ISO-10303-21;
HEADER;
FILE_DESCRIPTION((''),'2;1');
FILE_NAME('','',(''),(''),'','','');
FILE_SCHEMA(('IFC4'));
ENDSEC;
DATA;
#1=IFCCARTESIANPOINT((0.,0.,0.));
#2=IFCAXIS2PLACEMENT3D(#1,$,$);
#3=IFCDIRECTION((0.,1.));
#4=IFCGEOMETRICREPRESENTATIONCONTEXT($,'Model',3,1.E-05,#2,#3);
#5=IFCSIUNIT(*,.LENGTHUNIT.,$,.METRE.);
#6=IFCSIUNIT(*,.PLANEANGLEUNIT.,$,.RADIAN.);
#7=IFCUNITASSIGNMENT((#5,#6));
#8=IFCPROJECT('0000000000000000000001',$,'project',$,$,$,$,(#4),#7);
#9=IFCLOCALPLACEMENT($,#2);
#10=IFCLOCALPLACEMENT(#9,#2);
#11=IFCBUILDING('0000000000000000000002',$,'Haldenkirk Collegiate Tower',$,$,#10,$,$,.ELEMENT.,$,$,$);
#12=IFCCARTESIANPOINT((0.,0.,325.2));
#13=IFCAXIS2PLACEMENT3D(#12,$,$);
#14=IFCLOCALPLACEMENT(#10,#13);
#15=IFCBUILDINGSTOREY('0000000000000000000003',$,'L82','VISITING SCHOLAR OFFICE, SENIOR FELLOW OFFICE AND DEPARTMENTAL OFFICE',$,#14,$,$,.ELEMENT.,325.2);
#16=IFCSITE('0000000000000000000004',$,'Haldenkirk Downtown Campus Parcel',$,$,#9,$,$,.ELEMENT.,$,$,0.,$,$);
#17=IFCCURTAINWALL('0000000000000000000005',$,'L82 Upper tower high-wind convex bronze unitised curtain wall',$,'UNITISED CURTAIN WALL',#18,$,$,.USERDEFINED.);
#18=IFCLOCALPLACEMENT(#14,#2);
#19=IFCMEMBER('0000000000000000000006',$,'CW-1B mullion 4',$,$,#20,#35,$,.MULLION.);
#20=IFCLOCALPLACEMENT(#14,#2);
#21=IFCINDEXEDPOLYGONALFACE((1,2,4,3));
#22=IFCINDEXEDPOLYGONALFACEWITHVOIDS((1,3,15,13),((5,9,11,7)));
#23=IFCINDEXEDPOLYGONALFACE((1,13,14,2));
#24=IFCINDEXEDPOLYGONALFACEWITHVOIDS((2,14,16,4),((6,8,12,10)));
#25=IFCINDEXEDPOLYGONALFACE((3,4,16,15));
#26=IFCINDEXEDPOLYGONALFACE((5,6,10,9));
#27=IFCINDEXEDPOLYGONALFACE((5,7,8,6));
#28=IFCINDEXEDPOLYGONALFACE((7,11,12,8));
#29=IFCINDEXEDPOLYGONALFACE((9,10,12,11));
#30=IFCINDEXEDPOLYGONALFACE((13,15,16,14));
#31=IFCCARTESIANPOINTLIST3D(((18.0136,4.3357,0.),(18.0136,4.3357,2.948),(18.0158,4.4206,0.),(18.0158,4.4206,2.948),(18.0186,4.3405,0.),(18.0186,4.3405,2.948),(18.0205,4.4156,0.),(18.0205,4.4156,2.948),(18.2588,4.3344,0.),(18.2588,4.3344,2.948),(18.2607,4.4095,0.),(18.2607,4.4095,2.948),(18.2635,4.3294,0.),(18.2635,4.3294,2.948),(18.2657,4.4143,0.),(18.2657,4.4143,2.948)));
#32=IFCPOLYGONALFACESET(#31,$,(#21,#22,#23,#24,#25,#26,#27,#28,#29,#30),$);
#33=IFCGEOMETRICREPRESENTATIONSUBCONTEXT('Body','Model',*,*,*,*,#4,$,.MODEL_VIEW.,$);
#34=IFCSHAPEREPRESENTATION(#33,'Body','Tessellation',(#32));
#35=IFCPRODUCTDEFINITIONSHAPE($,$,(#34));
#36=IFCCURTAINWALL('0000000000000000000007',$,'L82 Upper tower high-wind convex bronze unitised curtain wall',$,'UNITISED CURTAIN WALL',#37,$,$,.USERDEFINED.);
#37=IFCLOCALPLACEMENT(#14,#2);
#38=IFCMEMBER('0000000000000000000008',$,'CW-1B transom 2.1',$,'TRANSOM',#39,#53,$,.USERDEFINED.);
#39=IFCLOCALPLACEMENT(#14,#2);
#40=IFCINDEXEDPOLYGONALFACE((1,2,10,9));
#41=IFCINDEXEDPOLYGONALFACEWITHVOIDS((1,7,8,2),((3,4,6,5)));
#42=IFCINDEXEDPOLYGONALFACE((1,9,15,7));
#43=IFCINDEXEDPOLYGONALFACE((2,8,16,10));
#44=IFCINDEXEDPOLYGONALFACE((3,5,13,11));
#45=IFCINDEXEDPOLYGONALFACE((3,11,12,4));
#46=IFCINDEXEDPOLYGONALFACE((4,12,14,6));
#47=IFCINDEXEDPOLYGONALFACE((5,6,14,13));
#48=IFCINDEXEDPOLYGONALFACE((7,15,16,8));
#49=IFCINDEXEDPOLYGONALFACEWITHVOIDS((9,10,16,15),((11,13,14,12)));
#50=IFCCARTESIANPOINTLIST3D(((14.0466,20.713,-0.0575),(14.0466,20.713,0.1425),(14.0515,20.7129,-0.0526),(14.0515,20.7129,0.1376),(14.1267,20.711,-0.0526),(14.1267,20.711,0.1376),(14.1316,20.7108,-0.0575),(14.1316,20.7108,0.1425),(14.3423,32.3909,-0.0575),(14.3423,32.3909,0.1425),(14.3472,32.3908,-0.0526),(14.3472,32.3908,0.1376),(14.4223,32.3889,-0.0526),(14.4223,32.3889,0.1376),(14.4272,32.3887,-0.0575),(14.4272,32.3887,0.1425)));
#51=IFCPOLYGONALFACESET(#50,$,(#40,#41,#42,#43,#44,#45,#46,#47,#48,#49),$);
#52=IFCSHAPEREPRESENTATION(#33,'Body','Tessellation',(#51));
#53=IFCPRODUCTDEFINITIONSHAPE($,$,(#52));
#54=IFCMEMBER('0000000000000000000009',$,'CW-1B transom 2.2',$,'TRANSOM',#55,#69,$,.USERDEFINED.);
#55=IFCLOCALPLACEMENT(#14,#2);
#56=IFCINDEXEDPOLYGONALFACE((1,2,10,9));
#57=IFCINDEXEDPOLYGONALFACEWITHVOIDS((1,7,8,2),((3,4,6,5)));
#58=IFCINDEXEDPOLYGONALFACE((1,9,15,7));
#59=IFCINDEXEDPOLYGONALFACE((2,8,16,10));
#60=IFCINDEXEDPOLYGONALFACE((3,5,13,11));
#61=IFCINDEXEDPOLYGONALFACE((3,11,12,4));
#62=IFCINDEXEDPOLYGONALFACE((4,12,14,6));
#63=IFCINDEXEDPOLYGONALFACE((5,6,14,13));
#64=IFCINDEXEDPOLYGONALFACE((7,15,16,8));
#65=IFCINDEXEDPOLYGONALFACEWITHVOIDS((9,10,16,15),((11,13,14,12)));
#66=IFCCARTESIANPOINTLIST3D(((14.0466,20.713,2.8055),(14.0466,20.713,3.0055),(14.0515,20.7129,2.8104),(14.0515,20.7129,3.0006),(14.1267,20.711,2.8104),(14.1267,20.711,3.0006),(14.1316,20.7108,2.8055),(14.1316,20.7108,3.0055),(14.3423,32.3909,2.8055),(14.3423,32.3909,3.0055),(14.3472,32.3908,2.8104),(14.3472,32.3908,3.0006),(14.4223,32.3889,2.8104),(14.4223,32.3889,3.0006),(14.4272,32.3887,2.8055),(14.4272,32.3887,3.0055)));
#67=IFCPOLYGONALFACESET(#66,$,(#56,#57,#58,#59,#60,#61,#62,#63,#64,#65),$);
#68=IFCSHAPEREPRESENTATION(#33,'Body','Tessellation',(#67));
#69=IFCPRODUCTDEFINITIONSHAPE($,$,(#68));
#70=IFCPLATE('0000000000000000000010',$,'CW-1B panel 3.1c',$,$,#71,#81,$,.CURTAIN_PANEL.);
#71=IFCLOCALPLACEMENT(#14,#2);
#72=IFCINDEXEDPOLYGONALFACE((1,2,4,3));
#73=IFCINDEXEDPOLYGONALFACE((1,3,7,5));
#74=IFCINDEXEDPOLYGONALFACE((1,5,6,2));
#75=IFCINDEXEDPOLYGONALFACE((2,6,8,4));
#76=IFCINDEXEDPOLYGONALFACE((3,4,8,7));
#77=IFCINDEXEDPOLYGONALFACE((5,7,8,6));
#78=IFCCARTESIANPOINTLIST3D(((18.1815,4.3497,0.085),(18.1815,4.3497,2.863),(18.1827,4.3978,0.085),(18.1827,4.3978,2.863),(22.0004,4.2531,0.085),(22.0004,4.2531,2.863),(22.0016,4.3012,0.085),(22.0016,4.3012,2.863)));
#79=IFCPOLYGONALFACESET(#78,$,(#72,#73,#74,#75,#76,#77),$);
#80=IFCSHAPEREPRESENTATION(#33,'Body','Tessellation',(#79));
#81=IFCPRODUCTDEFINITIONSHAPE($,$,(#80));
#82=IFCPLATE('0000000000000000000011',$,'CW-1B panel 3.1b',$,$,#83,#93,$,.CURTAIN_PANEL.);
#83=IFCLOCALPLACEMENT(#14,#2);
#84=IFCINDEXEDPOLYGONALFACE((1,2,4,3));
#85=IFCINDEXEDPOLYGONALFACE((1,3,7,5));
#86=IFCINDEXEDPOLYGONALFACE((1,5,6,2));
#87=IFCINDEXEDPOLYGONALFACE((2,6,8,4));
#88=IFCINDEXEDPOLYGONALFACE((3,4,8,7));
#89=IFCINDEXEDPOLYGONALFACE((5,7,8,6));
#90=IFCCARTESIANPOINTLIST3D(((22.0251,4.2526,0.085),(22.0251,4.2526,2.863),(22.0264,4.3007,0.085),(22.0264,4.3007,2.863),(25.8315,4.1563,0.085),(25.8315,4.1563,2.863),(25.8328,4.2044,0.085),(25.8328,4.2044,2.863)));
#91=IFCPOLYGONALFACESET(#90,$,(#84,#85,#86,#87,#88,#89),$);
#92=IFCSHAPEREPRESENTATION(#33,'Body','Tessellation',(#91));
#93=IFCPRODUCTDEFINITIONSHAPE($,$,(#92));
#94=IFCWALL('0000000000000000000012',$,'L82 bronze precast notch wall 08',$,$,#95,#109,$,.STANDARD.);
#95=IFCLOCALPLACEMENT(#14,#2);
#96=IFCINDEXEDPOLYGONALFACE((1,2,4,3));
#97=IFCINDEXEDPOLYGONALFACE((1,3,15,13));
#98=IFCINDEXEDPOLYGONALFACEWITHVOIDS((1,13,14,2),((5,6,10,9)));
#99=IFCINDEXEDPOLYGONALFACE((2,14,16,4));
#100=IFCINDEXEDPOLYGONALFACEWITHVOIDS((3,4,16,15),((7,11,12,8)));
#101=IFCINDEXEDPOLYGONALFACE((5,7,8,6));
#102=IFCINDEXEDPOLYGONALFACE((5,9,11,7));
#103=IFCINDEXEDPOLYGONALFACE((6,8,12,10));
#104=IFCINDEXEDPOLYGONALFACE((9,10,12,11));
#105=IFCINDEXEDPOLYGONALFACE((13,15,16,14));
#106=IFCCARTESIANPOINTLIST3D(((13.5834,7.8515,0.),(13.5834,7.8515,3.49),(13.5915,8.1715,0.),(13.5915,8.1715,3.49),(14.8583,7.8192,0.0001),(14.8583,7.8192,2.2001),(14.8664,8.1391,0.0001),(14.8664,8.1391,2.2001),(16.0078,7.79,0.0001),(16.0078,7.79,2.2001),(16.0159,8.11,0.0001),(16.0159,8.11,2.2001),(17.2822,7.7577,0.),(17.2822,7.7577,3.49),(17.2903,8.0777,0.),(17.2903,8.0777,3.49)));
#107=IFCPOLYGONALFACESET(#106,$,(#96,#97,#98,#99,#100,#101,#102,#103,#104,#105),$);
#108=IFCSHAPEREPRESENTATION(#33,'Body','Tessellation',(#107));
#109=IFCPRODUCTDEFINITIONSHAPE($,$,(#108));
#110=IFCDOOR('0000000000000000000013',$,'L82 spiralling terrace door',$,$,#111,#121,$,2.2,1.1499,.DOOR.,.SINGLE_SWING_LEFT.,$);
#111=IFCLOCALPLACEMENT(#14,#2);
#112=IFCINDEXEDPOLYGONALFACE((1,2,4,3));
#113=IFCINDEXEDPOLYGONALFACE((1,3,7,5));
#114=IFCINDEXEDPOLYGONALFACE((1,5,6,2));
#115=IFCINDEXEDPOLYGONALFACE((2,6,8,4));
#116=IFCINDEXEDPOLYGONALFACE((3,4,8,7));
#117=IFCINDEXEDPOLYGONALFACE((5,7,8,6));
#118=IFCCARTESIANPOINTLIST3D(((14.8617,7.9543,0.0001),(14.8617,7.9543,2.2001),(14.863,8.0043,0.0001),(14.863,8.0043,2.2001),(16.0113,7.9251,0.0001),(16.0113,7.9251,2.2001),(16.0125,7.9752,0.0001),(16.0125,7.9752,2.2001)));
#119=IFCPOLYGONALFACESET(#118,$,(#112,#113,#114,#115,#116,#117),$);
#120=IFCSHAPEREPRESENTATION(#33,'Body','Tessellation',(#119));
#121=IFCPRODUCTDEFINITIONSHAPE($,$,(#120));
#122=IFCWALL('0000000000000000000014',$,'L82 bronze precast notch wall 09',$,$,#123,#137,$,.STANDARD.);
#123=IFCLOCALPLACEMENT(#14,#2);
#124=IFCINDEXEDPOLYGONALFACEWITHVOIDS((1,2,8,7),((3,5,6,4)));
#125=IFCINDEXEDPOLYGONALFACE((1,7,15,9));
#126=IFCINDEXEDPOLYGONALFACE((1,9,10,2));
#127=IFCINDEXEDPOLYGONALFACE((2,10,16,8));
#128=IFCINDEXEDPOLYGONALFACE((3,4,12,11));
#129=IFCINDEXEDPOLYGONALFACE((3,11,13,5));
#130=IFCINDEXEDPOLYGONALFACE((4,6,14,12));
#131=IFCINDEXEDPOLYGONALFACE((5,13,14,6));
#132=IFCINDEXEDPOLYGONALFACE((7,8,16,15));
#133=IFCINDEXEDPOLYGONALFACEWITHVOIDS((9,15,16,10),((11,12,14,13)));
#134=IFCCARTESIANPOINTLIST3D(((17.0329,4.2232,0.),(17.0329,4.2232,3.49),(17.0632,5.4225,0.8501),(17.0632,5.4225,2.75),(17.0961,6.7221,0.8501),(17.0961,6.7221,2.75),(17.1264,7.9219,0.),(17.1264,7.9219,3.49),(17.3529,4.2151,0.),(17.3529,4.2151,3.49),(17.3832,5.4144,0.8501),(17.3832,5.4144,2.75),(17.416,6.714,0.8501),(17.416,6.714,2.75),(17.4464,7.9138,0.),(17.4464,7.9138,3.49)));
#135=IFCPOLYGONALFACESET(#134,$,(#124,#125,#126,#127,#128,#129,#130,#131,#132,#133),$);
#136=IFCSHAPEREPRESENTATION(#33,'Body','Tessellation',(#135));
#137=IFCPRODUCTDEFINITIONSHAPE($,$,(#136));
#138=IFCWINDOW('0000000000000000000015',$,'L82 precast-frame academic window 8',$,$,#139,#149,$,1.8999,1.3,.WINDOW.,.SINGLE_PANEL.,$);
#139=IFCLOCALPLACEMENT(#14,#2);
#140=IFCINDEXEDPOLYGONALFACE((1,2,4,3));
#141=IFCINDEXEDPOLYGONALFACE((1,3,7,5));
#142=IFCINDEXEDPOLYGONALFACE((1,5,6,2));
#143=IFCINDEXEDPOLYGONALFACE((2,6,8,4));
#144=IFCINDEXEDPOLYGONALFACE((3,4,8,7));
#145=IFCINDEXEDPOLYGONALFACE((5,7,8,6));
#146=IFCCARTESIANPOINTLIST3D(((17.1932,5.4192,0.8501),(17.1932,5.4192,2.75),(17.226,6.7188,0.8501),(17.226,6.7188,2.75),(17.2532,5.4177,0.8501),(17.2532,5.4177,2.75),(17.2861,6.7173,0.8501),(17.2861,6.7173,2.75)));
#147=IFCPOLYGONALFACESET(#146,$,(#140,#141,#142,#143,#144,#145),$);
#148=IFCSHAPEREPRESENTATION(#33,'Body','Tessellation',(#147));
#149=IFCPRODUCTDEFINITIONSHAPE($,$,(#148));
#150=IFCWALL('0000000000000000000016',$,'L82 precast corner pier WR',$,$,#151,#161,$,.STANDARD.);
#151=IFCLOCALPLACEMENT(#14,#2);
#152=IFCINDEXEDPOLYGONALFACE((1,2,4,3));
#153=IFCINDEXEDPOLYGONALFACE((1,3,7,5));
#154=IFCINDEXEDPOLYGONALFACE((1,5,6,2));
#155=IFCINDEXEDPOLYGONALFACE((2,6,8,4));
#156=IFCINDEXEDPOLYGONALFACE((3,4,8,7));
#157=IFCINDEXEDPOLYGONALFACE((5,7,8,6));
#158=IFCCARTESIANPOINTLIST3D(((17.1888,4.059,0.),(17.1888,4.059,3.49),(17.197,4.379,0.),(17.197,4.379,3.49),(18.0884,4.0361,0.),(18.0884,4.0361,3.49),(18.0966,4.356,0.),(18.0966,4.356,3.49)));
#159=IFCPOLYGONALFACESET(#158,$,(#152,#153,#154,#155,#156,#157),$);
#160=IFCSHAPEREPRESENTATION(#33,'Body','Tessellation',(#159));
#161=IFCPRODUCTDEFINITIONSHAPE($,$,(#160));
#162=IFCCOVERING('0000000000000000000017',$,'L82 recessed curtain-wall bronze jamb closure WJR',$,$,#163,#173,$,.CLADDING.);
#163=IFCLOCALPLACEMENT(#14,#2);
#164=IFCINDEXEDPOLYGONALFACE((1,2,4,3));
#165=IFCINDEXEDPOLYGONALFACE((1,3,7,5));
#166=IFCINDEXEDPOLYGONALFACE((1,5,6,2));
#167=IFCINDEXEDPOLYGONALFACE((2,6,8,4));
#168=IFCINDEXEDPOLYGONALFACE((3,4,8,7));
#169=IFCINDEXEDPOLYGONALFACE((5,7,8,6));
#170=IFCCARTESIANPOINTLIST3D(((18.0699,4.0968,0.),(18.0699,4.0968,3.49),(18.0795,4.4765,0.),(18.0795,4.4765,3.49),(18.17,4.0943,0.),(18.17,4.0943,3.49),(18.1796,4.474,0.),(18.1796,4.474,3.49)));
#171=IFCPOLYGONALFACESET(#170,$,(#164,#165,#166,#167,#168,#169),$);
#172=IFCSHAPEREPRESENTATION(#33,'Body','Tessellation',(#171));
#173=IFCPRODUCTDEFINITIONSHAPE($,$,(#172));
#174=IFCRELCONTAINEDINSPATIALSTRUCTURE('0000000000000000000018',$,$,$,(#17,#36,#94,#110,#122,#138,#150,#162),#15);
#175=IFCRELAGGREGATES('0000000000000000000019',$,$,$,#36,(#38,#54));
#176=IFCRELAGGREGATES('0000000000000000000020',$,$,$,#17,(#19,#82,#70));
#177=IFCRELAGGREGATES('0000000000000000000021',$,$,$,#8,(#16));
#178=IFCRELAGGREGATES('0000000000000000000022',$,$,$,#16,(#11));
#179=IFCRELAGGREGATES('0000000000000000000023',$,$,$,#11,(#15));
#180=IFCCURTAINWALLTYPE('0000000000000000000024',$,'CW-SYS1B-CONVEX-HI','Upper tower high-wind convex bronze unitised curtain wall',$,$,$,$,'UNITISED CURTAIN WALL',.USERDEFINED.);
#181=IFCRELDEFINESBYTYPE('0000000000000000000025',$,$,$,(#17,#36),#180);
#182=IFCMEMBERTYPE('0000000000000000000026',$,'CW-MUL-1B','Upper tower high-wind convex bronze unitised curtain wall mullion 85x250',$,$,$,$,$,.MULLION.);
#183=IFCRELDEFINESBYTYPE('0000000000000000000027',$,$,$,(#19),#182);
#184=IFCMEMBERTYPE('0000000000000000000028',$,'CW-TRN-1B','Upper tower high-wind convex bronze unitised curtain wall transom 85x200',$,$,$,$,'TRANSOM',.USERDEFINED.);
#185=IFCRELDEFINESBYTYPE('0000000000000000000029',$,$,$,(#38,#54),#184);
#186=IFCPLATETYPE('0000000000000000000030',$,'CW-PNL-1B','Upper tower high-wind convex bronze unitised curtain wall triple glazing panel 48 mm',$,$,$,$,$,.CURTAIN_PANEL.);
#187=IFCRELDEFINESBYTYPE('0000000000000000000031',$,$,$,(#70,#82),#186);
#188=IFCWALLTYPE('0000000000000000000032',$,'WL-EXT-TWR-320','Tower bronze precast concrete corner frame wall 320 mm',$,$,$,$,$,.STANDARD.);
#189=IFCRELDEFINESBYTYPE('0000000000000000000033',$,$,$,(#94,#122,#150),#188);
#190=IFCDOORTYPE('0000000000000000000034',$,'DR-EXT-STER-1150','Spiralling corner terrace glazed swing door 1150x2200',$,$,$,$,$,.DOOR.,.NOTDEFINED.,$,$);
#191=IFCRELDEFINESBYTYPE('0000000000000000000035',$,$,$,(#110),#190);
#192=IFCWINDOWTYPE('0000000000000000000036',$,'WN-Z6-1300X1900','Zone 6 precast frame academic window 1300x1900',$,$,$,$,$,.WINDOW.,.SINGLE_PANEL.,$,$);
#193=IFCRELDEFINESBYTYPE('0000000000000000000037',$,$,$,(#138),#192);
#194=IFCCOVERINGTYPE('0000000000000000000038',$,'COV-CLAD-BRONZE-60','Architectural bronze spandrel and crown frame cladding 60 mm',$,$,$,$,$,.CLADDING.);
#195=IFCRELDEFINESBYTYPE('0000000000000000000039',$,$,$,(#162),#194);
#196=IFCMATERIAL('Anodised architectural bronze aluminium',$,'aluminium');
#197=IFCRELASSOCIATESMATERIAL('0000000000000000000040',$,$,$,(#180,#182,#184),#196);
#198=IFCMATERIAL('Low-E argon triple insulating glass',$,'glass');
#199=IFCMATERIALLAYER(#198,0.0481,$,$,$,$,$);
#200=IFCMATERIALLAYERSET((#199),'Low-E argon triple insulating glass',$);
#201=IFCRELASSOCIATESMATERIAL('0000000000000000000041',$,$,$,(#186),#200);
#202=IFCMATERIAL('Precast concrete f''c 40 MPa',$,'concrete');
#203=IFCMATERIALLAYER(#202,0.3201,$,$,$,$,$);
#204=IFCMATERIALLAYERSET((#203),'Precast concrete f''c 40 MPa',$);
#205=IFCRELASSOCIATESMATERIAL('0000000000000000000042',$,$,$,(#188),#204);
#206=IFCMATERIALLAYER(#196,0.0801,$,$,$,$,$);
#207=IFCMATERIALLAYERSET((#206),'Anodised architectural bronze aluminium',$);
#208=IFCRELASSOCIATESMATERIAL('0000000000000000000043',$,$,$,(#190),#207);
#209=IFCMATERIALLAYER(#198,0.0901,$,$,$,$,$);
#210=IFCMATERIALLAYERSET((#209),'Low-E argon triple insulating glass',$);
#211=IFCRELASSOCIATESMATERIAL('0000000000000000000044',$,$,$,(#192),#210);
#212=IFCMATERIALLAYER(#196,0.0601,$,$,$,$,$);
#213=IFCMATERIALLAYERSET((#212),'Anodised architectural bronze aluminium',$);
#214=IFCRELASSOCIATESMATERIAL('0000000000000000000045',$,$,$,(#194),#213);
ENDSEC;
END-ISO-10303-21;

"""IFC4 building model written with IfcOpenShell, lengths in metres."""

from ifc_helpers import new_model, si_unit, direction, frame, frame_2d, origin, origin_2d, place, context, subcontext, project, spatial, rectangle, hollow_rectangle, extrude, source, transform, mapped, material, layer, layer_set, material_profile, profile_set, type_object, element, fill, aggregate, save


model = new_model("IFC4")

# Units and contexts
model_context = context("Model", 3, precision=1e-05, world=origin(), true_north=direction((0.0, 1.0)))
body_context = subcontext(model_context, "Body", "Model", "MODEL_VIEW")
ifc_project = project(units=[si_unit("LENGTHUNIT", "METRE"), si_unit("PLANEANGLEUNIT", "RADIAN")], contexts=[model_context])

# Site, building, storey
site_placement = place(None, origin())
site = spatial("IfcSite", under=ifc_project, at=site_placement, Name="Haldenkirk Downtown Campus Parcel", CompositionType="ELEMENT", RefElevation=0.0)
building_placement = place(site_placement, origin())
building = spatial("IfcBuilding", under=site, at=building_placement, Name="Haldenkirk Collegiate Tower", CompositionType="ELEMENT")
storey_placement = place(building_placement, frame((0.0, 0.0, 325.2)))
storey = spatial("IfcBuildingStorey", under=building, at=storey_placement, Name="L82", Description="VISITING SCHOLAR OFFICE, SENIOR FELLOW OFFICE AND DEPARTMENTAL OFFICE", CompositionType="ELEMENT", Elevation=325.2)

# Curtain wall, member
ifc_material_1 = material(Name="Anodised architectural bronze aluminium", Category="aluminium")
curtain_wall_type = type_object("IfcCurtainWallType", Name="CW-SYS1B-CONVEX-HI", Description="Upper tower high-wind convex bronze unitised curtain wall", ElementType="UNITISED CURTAIN WALL", PredefinedType="USERDEFINED", material=ifc_material_1)
curtain_wall_1_placement = place(storey_placement, origin())
curtain_wall_1 = element("IfcCurtainWall", 1, at=curtain_wall_1_placement, inside=storey, type_object=curtain_wall_type, Name="L82 Upper tower high-wind convex bronze unitised curtain wall", ObjectType="UNITISED CURTAIN WALL", PredefinedType="USERDEFINED")
ifc_material_profile_1 = material_profile(ifc_material_1, hollow_rectangle(XDim=0.085, YDim=0.25, WallThickness=0.0049, at=origin_2d()), Name="CW-MUL-1B")
ifc_profile_set_1 = profile_set([ifc_material_profile_1], Name="Anodised architectural bronze aluminium")
member_type_1 = type_object("IfcMemberType", Name="CW-MUL-1B", Description="Upper tower high-wind convex bronze unitised curtain wall mullion 85x250", PredefinedType="MULLION", material=ifc_profile_set_1)
member_1_placement = place(storey_placement, frame((18.1396, 4.375, 0.0), z_axis=(0.0, 0.0, 1.0), x_axis=(-0.025302, -0.99968, 0.0)))
member_1 = element("IfcMember", 2, at=member_1_placement, type_object=member_type_1, Name="CW-1B mullion 4", PredefinedType="MULLION", context=body_context, shape_type="SweptSolid", body=[
    extrude(hollow_rectangle(XDim=0.085, YDim=0.25, WallThickness=0.0049, at=origin_2d()), origin(), (0.0, 0.0, 1.0), 2.948),
])

# Curtain wall, members
curtain_wall_2_placement = place(storey_placement, origin())
curtain_wall_2 = element("IfcCurtainWall", 3, at=curtain_wall_2_placement, inside=storey, type_object=curtain_wall_type, Name="L82 Upper tower high-wind convex bronze unitised curtain wall", ObjectType="UNITISED CURTAIN WALL", PredefinedType="USERDEFINED")
ifc_material_profile_2 = material_profile(ifc_material_1, hollow_rectangle(XDim=0.085, YDim=0.2, WallThickness=0.0049, at=origin_2d()), Name="CW-TRN-1B")
ifc_profile_set_2 = profile_set([ifc_material_profile_2], Name="Anodised architectural bronze aluminium")
member_type_2 = type_object("IfcMemberType", Name="CW-TRN-1B", Description="Upper tower high-wind convex bronze unitised curtain wall transom 85x200", ElementType="TRANSOM", PredefinedType="USERDEFINED", material=ifc_profile_set_2)
member_2_placement = place(storey_placement, frame((14.0891, 20.7119, 0.0425), z_axis=(0.025309, 0.99968, 0.0), x_axis=(-0.99968, 0.025309, 0.0)))
member_2 = element("IfcMember", 4, at=member_2_placement, type_object=member_type_2, Name="CW-1B transom 2.1", ObjectType="TRANSOM", PredefinedType="USERDEFINED", context=body_context, shape_type="SweptSolid", body=[
    extrude(hollow_rectangle(XDim=0.085, YDim=0.2, WallThickness=0.0049, at=origin_2d()), origin(), (0.0, 0.0, 1.0), 11.6816),
])
member_3_placement = place(storey_placement, frame((14.0891, 20.7119, 2.9055), z_axis=(0.025309, 0.99968, 0.0), x_axis=(-0.99968, 0.025309, 0.0)))
member_3 = element("IfcMember", 5, at=member_3_placement, type_object=member_type_2, Name="CW-1B transom 2.2", ObjectType="TRANSOM", PredefinedType="USERDEFINED", context=body_context, shape_type="SweptSolid", body=[
    extrude(hollow_rectangle(XDim=0.085, YDim=0.2, WallThickness=0.0049, at=origin_2d()), origin(), (0.0, 0.0, 1.0), 11.6816),
])
aggregate(curtain_wall_2, [member_2, member_3])

# Plates
ifc_material_2 = material(Name="Low-E argon triple insulating glass", Category="glass")
ifc_layer_1 = layer(ifc_material_2, 0.0481)
ifc_layer_set_1 = layer_set([ifc_layer_1], Name="Low-E argon triple insulating glass")
plate_type = type_object("IfcPlateType", Name="CW-PNL-1B", Description="Upper tower high-wind convex bronze unitised curtain wall triple glazing panel 48 mm", PredefinedType="CURTAIN_PANEL", material=ifc_layer_set_1)
shared_shape_1 = source(origin(), body_context, "Body", "SweptSolid", [
    extrude(rectangle(XDim=3.8201, YDim=0.0481, at=origin_2d()), origin(), (0.0, 0.0, 1.0), 2.7781),
])
plate_1_placement = place(storey_placement, frame((20.0916, 4.3254, 0.085), z_axis=(0.0, 0.0, 1.0), x_axis=(-0.99968, 0.025302, 0.0)))
plate_1 = element("IfcPlate", 6, at=plate_1_placement, type_object=plate_type, Name="CW-1B panel 3.1c", PredefinedType="CURTAIN_PANEL", context=body_context, shape_type="MappedRepresentation", body=[
    mapped(shared_shape_1, transform((0.0, 0.0, 0.0), x_axis=(1.0, 0.0, 0.0), y_axis=(0.0, 1.0, 0.0), z_axis=(0.0, 0.0, 1.0), scale=1.0)),
])
shared_shape_2 = source(origin(), body_context, "Body", "SweptSolid", [
    extrude(rectangle(XDim=3.8076, YDim=0.0481, at=origin_2d()), origin(), (0.0, 0.0, 1.0), 2.7781),
])
plate_2_placement = place(storey_placement, frame((23.929, 4.2285, 0.085), z_axis=(0.0, 0.0, 1.0), x_axis=(-0.99968, 0.025302, 0.0)))
plate_2 = element("IfcPlate", 7, at=plate_2_placement, type_object=plate_type, Name="CW-1B panel 3.1b", PredefinedType="CURTAIN_PANEL", context=body_context, shape_type="MappedRepresentation", body=[
    mapped(shared_shape_2, transform((0.0, 0.0, 0.0), x_axis=(1.0, 0.0, 0.0), y_axis=(0.0, 1.0, 0.0), z_axis=(0.0, 0.0, 1.0), scale=1.0)),
])
aggregate(curtain_wall_1, [member_1, plate_2, plate_1])

# Wall, opening, door
ifc_material_3 = material(Name="Precast concrete f'c 40 MPa", Category="concrete")
ifc_layer_2 = layer(ifc_material_3, 0.3201)
ifc_layer_set_2 = layer_set([ifc_layer_2], Name="Precast concrete f'c 40 MPa")
wall_type = type_object("IfcWallType", Name="WL-EXT-TWR-320", Description="Tower bronze precast concrete corner frame wall 320 mm", PredefinedType="STANDARD", material=ifc_layer_set_2)
wall_1_placement = place(storey_placement, frame((17.2864, 7.9177, 0.0), z_axis=(0.0, 0.0, 1.0), x_axis=(-0.999679, 0.025338, 0.0)))
wall_1 = element("IfcWall", 8, at=wall_1_placement, inside=storey, type_object=wall_type, Name="L82 bronze precast notch wall 08", PredefinedType="STANDARD", context=body_context, shape_type="SweptSolid", body=[
    extrude(rectangle(XDim=3.7, YDim=0.3201, at=frame_2d((1.8501, 0.0))), origin(), (0.0, 0.0, 1.0), 3.49),
])
opening_1_placement = place(wall_1_placement, frame((1.2749, 0.0, 0.0)))
opening_1 = element("IfcOpeningElement", 9, at=opening_1_placement, cuts=wall_1, PredefinedType="OPENING", context=body_context, shape_type="SweptSolid", body=[
    extrude(rectangle(XDim=1.1499, YDim=2.2, at=frame_2d((0.575, 1.1001))), frame((0.0, 0.1699, 0.0), z_axis=(0.0, -1.0, 0.0), x_axis=(1.0, 0.0, 0.0)), (0.0, 0.0, 1.0), 0.3401),
])
ifc_layer_3 = layer(ifc_material_1, 0.0801)
ifc_layer_set_3 = layer_set([ifc_layer_3], Name="Anodised architectural bronze aluminium")
door_type = type_object("IfcDoorType", Name="DR-EXT-STER-1150", Description="Spiralling corner terrace glazed swing door 1150x2200", OperationType="NOTDEFINED", PredefinedType="DOOR", material=ifc_layer_set_3)
door_placement = place(opening_1_placement, origin())
door = element("IfcDoor", 10, at=door_placement, inside=storey, type_object=door_type, Name="L82 spiralling terrace door", OperationType="SINGLE_SWING_LEFT", OverallHeight=2.2, OverallWidth=1.1499, PredefinedType="DOOR", context=body_context, shape_type="SweptSolid", body=[
    extrude(rectangle(XDim=1.1499, YDim=2.2, at=frame_2d((0.575, 1.1001))), frame((0.0, 0.0249, 0.0), z_axis=(0.0, -1.0, 0.0), x_axis=(1.0, 0.0, 0.0)), (0.0, 0.0, 1.0), 0.05),
])
fill(opening_1, door)

# Wall, opening, window
wall_2_placement = place(storey_placement, frame((17.1929, 4.219, 0.0), z_axis=(0.0, 0.0, 1.0), x_axis=(0.025272, 0.999681, 0.0)))
wall_2 = element("IfcWall", 11, at=wall_2_placement, inside=storey, type_object=wall_type, Name="L82 bronze precast notch wall 09", PredefinedType="STANDARD", context=body_context, shape_type="SweptSolid", body=[
    extrude(rectangle(XDim=3.7, YDim=0.3201, at=frame_2d((1.8501, 0.0))), origin(), (0.0, 0.0, 1.0), 3.49),
])
opening_2_placement = place(wall_2_placement, frame((1.2, 0.0, 0.8501)))
opening_2 = element("IfcOpeningElement", 12, at=opening_2_placement, cuts=wall_2, PredefinedType="OPENING", context=body_context, shape_type="SweptSolid", body=[
    extrude(rectangle(XDim=1.3, YDim=1.8999, at=frame_2d((0.6499, 0.95))), frame((0.0, 0.1699, 0.0), z_axis=(0.0, -1.0, 0.0), x_axis=(1.0, 0.0, 0.0)), (0.0, 0.0, 1.0), 0.3401),
])
ifc_layer_4 = layer(ifc_material_2, 0.0901)
ifc_layer_set_4 = layer_set([ifc_layer_4], Name="Low-E argon triple insulating glass")
window_type = type_object("IfcWindowType", Name="WN-Z6-1300X1900", Description="Zone 6 precast frame academic window 1300x1900", PartitioningType="SINGLE_PANEL", PredefinedType="WINDOW", material=ifc_layer_set_4)
window_placement = place(opening_2_placement, origin())
window = element("IfcWindow", 13, at=window_placement, inside=storey, type_object=window_type, Name="L82 precast-frame academic window 8", OverallHeight=1.8999, OverallWidth=1.3, PartitioningType="SINGLE_PANEL", PredefinedType="WINDOW", context=body_context, shape_type="SweptSolid", body=[
    extrude(rectangle(XDim=1.3, YDim=1.8999, at=frame_2d((0.6499, 0.95))), frame((0.0, 0.03, 0.0), z_axis=(0.0, -1.0, 0.0), x_axis=(1.0, 0.0, 0.0)), (0.0, 0.0, 1.0), 0.0601),
])
fill(opening_2, window)

# Wall
wall_3_placement = place(storey_placement, frame((18.0925, 4.196, 0.0), z_axis=(0.0, 0.0, 1.0), x_axis=(-0.999675, 0.025501, 0.0)))
element("IfcWall", 14, at=wall_3_placement, inside=storey, type_object=wall_type, Name="L82 precast corner pier WR", PredefinedType="STANDARD", context=body_context, shape_type="SweptSolid", body=[
    extrude(rectangle(XDim=0.8999, YDim=0.3201, at=frame_2d((0.45, 0.0))), origin(), (0.0, 0.0, 1.0), 3.49),
])

# Covering
ifc_layer_5 = layer(ifc_material_1, 0.0601)
ifc_layer_set_5 = layer_set([ifc_layer_5], Name="Anodised architectural bronze aluminium")
covering_type = type_object("IfcCoveringType", Name="COV-CLAD-BRONZE-60", Description="Architectural bronze spandrel and crown frame cladding 60 mm", PredefinedType="CLADDING", material=ifc_layer_set_5)
shared_shape_3 = source(origin(), body_context, "Body", "SweptSolid", [
    extrude(rectangle(XDim=0.1001, YDim=0.3799, at=origin_2d()), origin(), (0.0, 0.0, 1.0), 3.49),
])
covering_placement = place(storey_placement, frame((18.1248, 4.2854, 0.0), z_axis=(0.0, 0.0, 1.0), x_axis=(-0.99968, 0.025305, 0.0)))
element("IfcCovering", 15, at=covering_placement, inside=storey, type_object=covering_type, Name="L82 recessed curtain-wall bronze jamb closure WJR", PredefinedType="CLADDING", context=body_context, shape_type="MappedRepresentation", body=[
    mapped(shared_shape_3, transform((0.0, 0.0, 0.0), x_axis=(1.0, 0.0, 0.0), y_axis=(0.0, 1.0, 0.0), z_axis=(0.0, 0.0, 1.0), scale=1.0)),
])

save(model, "model.ifc")
